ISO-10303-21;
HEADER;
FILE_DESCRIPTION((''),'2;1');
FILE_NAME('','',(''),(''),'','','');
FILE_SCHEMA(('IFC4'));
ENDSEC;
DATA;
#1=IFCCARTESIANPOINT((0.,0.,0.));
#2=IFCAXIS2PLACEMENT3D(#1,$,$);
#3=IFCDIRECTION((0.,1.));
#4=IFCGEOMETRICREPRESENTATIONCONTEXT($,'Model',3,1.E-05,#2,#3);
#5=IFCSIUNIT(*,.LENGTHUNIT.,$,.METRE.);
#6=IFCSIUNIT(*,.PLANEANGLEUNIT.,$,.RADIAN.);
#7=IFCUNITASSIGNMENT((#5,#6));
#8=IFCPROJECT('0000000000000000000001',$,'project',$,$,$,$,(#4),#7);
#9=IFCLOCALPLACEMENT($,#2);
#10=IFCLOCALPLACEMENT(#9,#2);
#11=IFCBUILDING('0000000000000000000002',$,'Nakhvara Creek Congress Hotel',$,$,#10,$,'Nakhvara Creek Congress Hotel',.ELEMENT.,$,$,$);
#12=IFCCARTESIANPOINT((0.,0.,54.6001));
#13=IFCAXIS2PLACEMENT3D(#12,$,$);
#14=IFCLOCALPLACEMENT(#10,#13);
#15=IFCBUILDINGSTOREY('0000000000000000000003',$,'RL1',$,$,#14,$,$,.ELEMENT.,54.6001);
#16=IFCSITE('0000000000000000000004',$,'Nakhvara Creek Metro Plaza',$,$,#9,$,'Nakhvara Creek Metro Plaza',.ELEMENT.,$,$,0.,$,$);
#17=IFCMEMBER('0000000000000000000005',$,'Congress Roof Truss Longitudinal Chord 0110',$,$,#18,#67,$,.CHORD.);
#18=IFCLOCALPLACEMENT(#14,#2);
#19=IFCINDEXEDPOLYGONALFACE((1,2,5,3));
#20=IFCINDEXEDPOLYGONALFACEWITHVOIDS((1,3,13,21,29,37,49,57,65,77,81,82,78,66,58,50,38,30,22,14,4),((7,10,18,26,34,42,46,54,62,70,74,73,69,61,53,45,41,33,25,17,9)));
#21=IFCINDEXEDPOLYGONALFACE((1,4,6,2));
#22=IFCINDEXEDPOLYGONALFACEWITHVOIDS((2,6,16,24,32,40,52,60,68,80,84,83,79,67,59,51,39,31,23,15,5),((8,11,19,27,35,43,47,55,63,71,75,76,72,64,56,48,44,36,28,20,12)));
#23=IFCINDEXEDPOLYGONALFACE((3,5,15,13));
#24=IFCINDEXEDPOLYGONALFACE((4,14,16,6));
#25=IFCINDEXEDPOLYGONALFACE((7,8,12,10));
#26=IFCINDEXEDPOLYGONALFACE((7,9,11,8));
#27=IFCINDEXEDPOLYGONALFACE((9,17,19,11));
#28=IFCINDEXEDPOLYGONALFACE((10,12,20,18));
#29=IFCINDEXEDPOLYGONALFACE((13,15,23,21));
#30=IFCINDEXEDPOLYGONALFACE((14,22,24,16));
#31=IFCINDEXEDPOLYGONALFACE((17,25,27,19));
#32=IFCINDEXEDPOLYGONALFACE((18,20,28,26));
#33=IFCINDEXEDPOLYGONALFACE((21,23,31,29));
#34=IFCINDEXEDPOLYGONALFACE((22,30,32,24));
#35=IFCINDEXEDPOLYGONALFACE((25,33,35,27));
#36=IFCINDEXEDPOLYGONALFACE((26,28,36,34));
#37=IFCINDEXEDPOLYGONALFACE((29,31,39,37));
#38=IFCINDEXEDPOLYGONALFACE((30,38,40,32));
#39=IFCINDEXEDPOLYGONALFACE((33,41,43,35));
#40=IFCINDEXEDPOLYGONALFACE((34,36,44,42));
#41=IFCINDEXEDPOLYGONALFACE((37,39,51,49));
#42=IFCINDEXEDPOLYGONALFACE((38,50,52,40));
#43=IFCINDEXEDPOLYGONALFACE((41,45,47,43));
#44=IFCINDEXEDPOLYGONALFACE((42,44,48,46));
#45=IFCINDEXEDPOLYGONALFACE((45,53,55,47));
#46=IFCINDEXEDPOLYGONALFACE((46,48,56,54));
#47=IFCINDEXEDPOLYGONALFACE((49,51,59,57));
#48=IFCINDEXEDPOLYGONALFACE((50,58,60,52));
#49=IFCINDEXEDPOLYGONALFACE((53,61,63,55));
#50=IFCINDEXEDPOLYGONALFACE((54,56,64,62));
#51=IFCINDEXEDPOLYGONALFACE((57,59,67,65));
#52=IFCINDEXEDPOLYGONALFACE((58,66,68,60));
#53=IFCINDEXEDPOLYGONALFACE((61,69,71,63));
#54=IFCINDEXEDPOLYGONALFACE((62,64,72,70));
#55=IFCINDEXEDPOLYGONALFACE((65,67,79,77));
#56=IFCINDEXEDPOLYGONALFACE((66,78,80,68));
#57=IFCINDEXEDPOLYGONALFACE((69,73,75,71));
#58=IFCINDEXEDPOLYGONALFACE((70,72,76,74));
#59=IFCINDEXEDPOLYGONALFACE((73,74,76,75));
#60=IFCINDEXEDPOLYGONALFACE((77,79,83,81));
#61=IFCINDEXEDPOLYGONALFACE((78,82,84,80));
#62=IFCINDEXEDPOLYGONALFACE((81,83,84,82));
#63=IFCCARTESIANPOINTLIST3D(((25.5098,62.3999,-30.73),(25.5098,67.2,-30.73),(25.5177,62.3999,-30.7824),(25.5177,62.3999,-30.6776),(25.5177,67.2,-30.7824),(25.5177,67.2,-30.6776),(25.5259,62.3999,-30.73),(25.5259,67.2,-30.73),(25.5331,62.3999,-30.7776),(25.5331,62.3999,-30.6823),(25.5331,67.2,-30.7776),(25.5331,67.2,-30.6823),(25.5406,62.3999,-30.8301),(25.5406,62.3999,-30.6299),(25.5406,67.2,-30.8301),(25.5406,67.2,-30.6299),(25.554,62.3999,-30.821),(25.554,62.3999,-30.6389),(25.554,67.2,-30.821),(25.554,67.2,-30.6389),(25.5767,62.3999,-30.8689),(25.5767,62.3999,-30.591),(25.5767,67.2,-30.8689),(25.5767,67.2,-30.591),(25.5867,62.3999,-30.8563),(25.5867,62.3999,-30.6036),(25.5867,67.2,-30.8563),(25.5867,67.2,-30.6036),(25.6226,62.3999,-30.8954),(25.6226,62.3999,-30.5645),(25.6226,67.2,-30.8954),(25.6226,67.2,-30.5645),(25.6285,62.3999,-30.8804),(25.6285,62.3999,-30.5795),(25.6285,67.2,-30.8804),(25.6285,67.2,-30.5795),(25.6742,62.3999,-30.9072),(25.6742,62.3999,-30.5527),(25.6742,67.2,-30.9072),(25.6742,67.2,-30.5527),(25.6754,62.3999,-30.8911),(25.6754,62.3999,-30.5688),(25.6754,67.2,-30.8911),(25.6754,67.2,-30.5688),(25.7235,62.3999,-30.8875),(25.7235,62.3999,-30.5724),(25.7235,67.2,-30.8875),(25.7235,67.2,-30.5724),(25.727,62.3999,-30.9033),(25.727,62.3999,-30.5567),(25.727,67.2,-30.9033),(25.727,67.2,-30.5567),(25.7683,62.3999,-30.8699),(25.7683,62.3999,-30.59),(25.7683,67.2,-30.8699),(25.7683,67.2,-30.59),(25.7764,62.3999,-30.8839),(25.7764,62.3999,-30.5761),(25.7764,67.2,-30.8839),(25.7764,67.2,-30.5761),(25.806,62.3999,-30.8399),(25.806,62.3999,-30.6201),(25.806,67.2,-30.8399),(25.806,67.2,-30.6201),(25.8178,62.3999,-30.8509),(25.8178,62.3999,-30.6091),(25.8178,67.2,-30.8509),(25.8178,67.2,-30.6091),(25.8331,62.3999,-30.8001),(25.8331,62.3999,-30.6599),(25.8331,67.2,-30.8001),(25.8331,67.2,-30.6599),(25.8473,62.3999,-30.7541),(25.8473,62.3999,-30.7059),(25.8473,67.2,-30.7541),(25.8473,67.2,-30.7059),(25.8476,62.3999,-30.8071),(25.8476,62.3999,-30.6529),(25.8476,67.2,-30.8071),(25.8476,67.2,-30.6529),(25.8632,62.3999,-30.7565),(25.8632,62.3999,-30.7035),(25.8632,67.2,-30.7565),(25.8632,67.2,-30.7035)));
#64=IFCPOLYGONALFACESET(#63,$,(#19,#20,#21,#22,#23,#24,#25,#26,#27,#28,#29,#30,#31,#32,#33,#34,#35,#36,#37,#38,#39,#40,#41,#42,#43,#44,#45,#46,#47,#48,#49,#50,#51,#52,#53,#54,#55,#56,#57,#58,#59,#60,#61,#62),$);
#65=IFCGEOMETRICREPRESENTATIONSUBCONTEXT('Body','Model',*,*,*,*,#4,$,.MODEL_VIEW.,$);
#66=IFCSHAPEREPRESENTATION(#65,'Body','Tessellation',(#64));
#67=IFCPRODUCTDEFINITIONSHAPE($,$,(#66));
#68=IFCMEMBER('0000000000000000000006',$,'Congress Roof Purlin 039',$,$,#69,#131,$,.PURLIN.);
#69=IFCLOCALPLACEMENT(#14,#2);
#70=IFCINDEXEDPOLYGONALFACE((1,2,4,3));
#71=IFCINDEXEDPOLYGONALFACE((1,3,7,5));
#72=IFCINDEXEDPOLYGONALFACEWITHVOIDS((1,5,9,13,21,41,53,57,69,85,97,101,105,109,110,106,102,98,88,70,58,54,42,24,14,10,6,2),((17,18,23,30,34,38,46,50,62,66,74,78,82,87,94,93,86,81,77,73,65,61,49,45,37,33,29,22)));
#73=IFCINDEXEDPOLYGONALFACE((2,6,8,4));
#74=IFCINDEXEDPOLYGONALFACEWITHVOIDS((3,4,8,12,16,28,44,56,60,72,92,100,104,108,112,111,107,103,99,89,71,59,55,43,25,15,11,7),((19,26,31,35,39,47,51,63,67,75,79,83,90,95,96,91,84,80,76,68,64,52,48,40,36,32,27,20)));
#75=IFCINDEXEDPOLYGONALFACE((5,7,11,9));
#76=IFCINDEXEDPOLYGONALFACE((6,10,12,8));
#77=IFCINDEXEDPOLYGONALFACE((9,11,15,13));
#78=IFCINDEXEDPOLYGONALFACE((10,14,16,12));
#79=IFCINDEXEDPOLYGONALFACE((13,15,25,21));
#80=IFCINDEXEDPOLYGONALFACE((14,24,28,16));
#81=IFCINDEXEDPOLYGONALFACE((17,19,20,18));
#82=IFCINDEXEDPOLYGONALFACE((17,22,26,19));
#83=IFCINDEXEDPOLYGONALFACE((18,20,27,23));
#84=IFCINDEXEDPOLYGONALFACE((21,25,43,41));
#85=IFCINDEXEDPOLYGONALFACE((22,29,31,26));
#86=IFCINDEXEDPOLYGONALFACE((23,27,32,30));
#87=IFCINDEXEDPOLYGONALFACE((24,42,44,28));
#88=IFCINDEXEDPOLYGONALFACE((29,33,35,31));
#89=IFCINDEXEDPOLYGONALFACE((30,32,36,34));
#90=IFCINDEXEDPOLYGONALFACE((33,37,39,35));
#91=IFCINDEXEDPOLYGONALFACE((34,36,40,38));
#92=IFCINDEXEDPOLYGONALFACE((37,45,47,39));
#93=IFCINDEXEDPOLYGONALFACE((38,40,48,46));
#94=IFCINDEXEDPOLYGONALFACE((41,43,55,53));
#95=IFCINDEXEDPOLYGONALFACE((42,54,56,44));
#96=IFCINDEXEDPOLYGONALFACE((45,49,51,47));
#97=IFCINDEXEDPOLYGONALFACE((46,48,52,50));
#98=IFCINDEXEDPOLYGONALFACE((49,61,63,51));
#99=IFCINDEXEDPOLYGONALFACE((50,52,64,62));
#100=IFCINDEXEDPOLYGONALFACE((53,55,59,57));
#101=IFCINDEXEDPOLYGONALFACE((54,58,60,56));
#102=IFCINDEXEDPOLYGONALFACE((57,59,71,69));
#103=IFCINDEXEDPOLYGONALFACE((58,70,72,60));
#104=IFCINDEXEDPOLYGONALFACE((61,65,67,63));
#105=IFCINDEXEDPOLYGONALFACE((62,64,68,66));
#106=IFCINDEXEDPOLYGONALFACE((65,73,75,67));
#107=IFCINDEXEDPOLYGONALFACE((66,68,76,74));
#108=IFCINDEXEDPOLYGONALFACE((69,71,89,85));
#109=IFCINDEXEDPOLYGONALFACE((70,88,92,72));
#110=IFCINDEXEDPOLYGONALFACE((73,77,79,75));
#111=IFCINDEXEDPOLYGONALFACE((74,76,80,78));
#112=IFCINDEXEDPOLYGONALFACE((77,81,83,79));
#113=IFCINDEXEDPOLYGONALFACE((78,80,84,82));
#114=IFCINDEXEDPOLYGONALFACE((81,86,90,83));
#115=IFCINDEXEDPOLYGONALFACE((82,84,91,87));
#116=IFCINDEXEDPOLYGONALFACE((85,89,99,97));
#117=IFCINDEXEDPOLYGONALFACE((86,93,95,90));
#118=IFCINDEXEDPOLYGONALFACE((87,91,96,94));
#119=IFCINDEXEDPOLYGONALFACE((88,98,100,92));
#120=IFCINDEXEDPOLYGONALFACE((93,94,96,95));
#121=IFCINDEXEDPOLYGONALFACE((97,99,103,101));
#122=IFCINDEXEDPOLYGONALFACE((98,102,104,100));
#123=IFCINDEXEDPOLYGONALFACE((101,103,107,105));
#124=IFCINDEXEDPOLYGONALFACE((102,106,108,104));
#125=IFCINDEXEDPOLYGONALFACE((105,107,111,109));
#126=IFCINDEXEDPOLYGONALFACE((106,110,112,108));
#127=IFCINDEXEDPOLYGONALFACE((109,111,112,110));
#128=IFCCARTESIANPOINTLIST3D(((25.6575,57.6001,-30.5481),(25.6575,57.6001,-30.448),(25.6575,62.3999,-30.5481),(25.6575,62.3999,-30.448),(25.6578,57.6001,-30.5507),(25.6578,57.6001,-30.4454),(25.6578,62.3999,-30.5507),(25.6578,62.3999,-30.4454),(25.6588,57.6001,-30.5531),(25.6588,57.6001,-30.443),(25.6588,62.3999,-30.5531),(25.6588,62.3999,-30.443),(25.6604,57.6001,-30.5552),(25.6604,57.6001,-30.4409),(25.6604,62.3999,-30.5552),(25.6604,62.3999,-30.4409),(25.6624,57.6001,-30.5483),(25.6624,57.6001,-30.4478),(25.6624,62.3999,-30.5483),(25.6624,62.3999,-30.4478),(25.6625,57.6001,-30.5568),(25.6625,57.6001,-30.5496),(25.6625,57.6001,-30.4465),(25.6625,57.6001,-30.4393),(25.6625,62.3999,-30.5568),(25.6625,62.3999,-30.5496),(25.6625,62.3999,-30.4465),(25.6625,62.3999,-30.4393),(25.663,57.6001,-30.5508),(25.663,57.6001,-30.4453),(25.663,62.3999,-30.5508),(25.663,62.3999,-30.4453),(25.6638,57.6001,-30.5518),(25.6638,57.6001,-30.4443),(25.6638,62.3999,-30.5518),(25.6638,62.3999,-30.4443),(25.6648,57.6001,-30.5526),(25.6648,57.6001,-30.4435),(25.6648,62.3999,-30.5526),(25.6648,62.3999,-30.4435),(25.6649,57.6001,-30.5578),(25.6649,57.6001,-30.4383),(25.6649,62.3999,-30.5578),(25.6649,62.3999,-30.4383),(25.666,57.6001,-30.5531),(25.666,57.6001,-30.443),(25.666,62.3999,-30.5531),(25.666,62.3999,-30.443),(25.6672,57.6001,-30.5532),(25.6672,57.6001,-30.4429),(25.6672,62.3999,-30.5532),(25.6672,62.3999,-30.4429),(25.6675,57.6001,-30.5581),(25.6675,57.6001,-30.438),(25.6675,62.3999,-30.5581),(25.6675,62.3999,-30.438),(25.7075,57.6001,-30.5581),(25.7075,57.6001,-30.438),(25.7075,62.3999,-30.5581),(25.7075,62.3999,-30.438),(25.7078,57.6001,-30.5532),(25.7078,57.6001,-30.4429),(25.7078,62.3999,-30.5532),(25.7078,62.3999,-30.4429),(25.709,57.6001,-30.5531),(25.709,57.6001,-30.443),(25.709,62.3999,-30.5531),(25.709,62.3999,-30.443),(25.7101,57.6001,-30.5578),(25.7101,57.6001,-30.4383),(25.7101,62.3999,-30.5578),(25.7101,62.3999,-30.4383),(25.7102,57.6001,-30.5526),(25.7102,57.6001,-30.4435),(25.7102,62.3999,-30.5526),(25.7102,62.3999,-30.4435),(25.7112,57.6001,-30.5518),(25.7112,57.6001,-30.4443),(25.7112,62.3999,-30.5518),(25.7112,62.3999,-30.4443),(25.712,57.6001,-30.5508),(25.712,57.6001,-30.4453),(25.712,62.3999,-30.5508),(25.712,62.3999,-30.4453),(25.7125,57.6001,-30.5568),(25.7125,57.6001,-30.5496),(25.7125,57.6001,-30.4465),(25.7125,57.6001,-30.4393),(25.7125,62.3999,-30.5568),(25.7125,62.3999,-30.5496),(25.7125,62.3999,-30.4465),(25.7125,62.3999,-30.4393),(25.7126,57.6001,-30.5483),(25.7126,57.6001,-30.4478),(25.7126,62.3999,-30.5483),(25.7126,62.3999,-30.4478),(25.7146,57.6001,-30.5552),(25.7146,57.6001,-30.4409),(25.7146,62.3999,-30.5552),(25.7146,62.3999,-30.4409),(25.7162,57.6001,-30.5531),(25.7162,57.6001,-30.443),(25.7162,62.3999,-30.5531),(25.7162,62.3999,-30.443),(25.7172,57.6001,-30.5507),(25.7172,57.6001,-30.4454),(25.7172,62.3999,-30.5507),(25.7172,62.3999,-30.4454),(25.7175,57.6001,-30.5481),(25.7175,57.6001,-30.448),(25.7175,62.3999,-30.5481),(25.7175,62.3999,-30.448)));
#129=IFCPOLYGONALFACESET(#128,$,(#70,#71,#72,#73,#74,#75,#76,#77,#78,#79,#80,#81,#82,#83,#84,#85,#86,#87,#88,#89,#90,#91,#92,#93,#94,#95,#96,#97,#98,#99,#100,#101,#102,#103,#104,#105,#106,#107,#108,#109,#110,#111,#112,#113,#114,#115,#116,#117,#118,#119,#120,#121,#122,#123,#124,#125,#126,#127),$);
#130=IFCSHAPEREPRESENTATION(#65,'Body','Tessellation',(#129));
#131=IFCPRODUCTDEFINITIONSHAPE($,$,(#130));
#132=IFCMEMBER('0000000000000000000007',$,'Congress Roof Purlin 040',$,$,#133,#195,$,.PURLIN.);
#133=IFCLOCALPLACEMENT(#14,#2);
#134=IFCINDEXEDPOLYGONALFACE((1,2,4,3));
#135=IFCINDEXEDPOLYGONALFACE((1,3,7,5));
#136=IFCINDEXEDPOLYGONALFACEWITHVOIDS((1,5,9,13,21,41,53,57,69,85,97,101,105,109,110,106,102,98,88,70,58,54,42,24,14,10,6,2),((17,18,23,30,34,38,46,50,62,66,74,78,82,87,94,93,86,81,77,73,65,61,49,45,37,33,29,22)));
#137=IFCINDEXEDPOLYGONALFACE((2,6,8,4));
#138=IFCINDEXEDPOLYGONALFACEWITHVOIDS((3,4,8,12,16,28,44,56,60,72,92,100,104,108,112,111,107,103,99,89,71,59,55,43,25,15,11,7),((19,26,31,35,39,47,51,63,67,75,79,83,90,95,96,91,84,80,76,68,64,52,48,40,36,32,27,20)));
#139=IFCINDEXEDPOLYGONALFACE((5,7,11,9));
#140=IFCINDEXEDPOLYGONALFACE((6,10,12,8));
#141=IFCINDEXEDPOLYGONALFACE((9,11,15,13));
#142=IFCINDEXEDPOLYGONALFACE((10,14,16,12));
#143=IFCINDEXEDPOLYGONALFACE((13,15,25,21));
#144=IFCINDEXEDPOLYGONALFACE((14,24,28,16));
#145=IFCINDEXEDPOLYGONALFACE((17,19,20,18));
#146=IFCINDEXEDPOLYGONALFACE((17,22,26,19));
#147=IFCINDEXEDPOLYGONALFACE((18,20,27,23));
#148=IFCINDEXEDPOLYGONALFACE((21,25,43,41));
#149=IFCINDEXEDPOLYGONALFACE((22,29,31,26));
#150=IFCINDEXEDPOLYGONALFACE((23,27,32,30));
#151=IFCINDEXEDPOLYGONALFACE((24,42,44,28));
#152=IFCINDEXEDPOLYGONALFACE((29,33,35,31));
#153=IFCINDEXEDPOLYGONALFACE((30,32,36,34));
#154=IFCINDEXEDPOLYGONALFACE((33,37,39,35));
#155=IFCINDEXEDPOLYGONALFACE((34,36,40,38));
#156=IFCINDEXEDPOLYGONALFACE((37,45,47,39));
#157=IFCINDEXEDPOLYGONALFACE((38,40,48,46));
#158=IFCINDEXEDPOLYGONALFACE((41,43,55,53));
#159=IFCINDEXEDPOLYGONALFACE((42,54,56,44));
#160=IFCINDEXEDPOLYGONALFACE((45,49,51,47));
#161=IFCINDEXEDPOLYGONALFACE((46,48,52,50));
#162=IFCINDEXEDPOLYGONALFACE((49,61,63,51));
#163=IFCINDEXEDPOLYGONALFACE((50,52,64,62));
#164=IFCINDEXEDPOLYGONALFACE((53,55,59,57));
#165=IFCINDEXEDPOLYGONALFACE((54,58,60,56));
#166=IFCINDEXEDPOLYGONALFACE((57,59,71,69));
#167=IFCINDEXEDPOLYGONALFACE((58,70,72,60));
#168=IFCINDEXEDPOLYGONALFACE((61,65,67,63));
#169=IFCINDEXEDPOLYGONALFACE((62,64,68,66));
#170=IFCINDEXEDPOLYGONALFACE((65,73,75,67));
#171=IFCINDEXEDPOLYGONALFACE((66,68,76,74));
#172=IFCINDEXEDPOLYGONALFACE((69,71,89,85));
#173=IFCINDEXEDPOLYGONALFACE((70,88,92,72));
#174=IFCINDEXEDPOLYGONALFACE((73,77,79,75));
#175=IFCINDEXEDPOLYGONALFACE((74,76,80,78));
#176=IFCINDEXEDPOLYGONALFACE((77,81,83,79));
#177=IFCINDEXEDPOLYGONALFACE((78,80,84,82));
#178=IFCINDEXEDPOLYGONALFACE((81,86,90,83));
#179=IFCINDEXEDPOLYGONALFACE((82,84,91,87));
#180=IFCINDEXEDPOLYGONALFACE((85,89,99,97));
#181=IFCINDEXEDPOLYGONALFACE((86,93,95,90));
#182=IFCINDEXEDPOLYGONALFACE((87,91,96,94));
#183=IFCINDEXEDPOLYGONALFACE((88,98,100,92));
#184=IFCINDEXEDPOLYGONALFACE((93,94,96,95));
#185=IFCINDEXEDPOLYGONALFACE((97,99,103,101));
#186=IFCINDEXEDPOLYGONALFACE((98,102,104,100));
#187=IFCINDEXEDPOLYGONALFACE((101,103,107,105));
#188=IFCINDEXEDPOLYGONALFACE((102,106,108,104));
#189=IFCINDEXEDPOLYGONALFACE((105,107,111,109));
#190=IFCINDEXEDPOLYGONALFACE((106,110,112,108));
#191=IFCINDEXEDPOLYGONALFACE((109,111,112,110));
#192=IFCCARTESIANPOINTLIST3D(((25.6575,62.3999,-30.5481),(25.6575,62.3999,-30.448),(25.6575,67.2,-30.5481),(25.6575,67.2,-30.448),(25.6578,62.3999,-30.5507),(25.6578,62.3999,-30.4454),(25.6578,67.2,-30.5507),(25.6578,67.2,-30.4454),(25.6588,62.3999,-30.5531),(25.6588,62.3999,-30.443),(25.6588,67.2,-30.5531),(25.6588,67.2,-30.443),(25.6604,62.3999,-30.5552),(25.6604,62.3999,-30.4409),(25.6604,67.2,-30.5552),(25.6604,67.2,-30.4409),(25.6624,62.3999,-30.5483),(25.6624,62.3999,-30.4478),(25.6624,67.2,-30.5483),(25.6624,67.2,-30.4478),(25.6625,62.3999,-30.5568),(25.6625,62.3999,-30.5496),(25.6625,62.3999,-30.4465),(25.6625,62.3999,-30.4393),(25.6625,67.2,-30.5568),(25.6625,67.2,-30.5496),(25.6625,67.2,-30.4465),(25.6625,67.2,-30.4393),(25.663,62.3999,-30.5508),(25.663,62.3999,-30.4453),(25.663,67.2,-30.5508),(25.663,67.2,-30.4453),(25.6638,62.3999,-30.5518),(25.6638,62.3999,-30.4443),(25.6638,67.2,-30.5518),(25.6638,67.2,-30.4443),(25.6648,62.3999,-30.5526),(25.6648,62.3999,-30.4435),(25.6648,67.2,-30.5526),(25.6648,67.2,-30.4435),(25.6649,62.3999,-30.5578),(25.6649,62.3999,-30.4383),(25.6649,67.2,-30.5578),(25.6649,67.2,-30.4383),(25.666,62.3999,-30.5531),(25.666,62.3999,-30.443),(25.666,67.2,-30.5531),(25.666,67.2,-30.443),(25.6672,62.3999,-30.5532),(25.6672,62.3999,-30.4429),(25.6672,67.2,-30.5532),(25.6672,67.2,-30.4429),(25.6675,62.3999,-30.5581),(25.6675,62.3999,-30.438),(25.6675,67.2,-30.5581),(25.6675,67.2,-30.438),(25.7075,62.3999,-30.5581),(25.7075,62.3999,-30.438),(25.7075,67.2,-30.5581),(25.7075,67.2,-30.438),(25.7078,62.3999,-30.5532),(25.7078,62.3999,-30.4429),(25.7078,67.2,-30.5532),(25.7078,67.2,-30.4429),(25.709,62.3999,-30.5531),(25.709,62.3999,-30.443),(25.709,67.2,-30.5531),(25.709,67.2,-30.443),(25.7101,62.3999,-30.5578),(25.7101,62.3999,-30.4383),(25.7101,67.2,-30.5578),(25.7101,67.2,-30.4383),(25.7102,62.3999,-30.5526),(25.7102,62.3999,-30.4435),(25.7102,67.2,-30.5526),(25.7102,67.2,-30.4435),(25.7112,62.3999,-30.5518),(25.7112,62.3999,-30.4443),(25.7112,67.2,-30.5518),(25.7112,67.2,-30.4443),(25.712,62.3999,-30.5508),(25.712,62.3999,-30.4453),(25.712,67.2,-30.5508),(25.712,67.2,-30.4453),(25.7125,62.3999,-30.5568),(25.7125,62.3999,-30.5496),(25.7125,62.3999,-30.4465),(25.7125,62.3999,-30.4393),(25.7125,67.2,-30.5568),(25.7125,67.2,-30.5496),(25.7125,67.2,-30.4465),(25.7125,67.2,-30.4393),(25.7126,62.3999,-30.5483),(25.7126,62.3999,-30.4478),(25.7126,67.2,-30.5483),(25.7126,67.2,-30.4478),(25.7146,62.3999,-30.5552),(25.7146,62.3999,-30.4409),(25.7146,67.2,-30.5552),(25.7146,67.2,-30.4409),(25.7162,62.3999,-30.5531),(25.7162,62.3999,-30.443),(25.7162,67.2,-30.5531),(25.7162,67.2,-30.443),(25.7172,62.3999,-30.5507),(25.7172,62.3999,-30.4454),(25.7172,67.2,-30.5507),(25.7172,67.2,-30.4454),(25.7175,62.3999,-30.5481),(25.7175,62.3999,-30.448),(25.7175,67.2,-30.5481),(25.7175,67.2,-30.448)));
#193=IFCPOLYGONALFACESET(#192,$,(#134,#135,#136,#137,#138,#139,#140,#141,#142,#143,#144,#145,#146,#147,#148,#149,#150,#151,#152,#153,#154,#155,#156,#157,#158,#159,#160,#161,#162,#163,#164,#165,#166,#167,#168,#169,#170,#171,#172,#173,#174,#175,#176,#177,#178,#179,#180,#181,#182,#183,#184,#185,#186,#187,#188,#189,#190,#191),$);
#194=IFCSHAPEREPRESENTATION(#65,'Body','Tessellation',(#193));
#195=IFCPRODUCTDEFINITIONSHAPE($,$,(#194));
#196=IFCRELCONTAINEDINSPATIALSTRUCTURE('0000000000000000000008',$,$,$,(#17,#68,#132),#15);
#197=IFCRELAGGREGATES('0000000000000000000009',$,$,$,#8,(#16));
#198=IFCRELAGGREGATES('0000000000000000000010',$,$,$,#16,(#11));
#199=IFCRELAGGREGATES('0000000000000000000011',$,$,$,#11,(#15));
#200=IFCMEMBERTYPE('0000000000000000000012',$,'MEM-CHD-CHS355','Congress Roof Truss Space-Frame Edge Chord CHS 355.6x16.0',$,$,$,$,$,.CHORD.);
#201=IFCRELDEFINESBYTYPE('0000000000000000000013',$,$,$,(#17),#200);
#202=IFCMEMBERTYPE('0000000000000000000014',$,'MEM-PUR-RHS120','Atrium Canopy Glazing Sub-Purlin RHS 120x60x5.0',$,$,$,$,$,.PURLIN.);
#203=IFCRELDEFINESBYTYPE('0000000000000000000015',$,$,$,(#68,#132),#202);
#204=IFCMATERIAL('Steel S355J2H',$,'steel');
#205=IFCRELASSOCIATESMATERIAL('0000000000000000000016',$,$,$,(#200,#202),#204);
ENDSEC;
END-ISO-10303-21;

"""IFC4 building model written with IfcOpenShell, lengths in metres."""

from ifc_helpers import new_model, si_unit, direction, frame, origin, origin_2d, place, context, subcontext, project, spatial, hollow_rectangle, hollow_circle, extrude, material, material_profile, profile_set, type_object, element, save


model = new_model("IFC4")

# Units and contexts
model_context = context("Model", 3, precision=1e-05, world=origin(), true_north=direction((0.0, 1.0)))
body_context = subcontext(model_context, "Body", "Model", "MODEL_VIEW")
ifc_project = project(units=[si_unit("LENGTHUNIT", "METRE"), si_unit("PLANEANGLEUNIT", "RADIAN")], contexts=[model_context])

# Site, building, storey
site_placement = place(None, origin())
site = spatial("IfcSite", under=ifc_project, at=site_placement, Name="Nakhvara Creek Metro Plaza", LongName="Nakhvara Creek Metro Plaza", CompositionType="ELEMENT", RefElevation=0.0)
building_placement = place(site_placement, origin())
building = spatial("IfcBuilding", under=site, at=building_placement, Name="Nakhvara Creek Congress Hotel", LongName="Nakhvara Creek Congress Hotel", CompositionType="ELEMENT")
storey_placement = place(building_placement, frame((0.0, 0.0, 54.6001)))
storey = spatial("IfcBuildingStorey", under=building, at=storey_placement, Name="RL1", CompositionType="ELEMENT", Elevation=54.6001)

# Members
ifc_material_1 = material(Name="Steel S355J2H", Category="steel")
ifc_material_profile_1 = material_profile(ifc_material_1, hollow_circle(Radius=0.1777, WallThickness=0.0161, at=origin_2d()), Name="CHS 355.6x16.0", Category="LoadBearing")
ifc_profile_set_1 = profile_set([ifc_material_profile_1], Name="Steel S355J2H")
member_type_1 = type_object("IfcMemberType", Name="MEM-CHD-CHS355", Description="Congress Roof Truss Space-Frame Edge Chord CHS 355.6x16.0", PredefinedType="CHORD", material=ifc_profile_set_1)
member_1_placement = place(storey_placement, frame((25.6875, 62.3999, -30.73), z_axis=(0.0, 1.0, 0.0), x_axis=(-1.0, 0.0, 0.0)))
element("IfcMember", 1, at=member_1_placement, inside=storey, type_object=member_type_1, Name="Congress Roof Truss Longitudinal Chord 0110", PredefinedType="CHORD", context=body_context, shape_type="SweptSolid", body=[
    extrude(hollow_circle(Radius=0.1777, WallThickness=0.0161, at=origin_2d()), origin(), (0.0, 0.0, 1.0), 4.8),
])
ifc_material_profile_2 = material_profile(ifc_material_1, hollow_rectangle(XDim=0.0601, YDim=0.1201, WallThickness=0.0049, InnerFilletRadius=0.0049, OuterFilletRadius=0.01, at=origin_2d()), Name="RHS 120x60x5.0", Category="LoadBearing")
ifc_profile_set_2 = profile_set([ifc_material_profile_2], Name="Steel S355J2H")
member_type_2 = type_object("IfcMemberType", Name="MEM-PUR-RHS120", Description="Atrium Canopy Glazing Sub-Purlin RHS 120x60x5.0", PredefinedType="PURLIN", material=ifc_profile_set_2)
member_2_placement = place(storey_placement, frame((25.6875, 57.6001, -30.498), z_axis=(0.0, 1.0, 0.0), x_axis=(-1.0, 0.0, 0.0)))
element("IfcMember", 2, at=member_2_placement, inside=storey, type_object=member_type_2, Name="Congress Roof Purlin 039", PredefinedType="PURLIN", context=body_context, shape_type="SweptSolid", body=[
    extrude(hollow_rectangle(XDim=0.0601, YDim=0.1201, WallThickness=0.0049, InnerFilletRadius=0.0049, OuterFilletRadius=0.01, at=origin_2d()), origin(), (0.0, 0.0, 1.0), 4.7998),
])
member_3_placement = place(storey_placement, frame((25.6875, 62.3999, -30.498), z_axis=(0.0, 1.0, 0.0), x_axis=(-1.0, 0.0, 0.0)))
element("IfcMember", 3, at=member_3_placement, inside=storey, type_object=member_type_2, Name="Congress Roof Purlin 040", PredefinedType="PURLIN", context=body_context, shape_type="SweptSolid", body=[
    extrude(hollow_rectangle(XDim=0.0601, YDim=0.1201, WallThickness=0.0049, InnerFilletRadius=0.0049, OuterFilletRadius=0.01, at=origin_2d()), origin(), (0.0, 0.0, 1.0), 4.8),
])

save(model, "model.ifc")
